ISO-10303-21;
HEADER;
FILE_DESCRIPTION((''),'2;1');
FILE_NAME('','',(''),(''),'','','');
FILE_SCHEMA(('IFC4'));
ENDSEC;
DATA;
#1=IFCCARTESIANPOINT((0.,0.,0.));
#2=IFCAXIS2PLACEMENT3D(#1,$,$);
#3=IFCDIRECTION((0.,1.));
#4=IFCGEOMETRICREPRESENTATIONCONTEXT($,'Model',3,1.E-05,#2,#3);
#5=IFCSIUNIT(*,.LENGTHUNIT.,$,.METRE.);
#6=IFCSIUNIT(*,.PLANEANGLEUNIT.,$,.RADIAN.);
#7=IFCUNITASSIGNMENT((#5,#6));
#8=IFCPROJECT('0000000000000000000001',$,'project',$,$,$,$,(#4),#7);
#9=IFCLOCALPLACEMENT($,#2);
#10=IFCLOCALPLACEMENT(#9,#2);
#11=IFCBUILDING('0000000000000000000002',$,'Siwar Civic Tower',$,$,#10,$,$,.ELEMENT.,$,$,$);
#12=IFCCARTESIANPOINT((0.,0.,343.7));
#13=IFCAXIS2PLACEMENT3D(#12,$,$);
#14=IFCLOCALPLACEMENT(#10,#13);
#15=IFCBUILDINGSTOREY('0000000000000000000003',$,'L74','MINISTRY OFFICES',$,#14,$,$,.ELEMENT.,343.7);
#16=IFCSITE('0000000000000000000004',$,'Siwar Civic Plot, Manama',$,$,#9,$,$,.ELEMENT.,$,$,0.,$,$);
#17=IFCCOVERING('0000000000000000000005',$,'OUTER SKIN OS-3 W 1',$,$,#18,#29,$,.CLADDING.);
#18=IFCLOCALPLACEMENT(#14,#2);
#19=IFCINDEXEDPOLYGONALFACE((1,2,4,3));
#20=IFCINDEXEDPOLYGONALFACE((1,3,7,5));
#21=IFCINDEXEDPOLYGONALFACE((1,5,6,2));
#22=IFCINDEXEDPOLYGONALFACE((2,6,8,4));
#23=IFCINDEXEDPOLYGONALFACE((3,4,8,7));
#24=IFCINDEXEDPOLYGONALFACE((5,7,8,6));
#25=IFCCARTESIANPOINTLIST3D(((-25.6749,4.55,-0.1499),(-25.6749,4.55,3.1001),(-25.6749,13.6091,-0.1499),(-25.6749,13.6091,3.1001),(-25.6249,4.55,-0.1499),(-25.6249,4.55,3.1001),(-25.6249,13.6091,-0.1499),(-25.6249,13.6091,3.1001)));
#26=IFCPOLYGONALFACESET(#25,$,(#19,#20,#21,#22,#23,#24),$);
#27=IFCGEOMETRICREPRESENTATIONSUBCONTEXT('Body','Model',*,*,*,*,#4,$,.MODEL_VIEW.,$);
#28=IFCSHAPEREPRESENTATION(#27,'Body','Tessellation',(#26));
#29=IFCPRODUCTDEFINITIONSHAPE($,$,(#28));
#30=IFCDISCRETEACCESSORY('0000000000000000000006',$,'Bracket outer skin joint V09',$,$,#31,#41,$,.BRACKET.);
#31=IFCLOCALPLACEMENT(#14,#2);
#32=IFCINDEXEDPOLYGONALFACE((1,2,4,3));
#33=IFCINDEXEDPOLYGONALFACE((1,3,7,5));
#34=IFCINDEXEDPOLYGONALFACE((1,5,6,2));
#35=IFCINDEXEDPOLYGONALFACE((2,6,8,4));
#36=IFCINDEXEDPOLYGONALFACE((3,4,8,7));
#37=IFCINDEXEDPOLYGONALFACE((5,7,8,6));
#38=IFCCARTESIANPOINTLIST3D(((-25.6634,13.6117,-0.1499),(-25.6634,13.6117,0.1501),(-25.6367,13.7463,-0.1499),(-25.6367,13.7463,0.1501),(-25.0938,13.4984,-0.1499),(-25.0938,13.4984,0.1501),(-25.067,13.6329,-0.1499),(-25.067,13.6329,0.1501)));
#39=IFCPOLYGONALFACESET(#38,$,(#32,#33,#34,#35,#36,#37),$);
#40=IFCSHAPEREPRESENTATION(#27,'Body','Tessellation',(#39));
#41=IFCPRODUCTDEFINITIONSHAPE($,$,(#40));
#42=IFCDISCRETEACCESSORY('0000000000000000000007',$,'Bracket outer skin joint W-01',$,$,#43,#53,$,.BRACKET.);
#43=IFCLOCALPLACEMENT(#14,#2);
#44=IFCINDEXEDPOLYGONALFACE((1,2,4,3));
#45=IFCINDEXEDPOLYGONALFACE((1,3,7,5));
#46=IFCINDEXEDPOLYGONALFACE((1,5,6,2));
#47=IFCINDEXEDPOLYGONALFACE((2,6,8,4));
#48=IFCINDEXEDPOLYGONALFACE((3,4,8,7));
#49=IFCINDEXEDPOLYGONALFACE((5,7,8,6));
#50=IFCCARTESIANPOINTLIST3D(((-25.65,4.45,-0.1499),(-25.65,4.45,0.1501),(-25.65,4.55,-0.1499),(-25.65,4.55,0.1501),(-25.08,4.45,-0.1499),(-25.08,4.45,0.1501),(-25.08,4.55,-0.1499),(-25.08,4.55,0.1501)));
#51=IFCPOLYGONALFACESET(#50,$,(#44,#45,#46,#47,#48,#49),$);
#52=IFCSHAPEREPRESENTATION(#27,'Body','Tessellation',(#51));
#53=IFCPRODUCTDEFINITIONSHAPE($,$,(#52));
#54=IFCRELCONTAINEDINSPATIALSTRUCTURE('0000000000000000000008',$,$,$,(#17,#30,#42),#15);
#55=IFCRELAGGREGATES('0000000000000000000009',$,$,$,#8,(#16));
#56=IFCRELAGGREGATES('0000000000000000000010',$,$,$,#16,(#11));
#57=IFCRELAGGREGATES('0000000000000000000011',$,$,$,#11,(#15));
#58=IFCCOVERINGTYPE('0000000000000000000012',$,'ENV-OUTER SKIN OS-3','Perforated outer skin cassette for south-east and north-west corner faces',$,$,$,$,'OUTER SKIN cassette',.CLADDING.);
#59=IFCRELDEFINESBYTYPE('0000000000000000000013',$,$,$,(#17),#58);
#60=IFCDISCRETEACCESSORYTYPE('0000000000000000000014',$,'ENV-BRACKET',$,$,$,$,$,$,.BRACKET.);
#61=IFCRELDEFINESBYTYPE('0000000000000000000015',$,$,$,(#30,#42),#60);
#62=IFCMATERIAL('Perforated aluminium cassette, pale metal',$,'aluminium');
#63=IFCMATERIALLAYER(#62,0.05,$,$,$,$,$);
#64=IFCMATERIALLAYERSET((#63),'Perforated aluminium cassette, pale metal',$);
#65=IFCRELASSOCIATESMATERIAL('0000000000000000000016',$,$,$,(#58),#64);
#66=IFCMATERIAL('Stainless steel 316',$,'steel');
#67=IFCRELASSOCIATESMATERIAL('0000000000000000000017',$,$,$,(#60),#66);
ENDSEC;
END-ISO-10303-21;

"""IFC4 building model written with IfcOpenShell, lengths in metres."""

from ifc_helpers import new_model, si_unit, direction, frame, origin, origin_2d, place, context, subcontext, project, spatial, rectangle, extrude, material, layer, layer_set, type_object, element, save


model = new_model("IFC4")

# Units and contexts
model_context = context("Model", 3, precision=1e-05, world=origin(), true_north=direction((0.0, 1.0)))
body_context = subcontext(model_context, "Body", "Model", "MODEL_VIEW")
ifc_project = project(units=[si_unit("LENGTHUNIT", "METRE"), si_unit("PLANEANGLEUNIT", "RADIAN")], contexts=[model_context])

# Site, building, storey
site_placement = place(None, origin())
site = spatial("IfcSite", under=ifc_project, at=site_placement, Name="Siwar Civic Plot, Manama", CompositionType="ELEMENT", RefElevation=0.0)
building_placement = place(site_placement, origin())
building = spatial("IfcBuilding", under=site, at=building_placement, Name="Siwar Civic Tower", CompositionType="ELEMENT")
storey_placement = place(building_placement, frame((0.0, 0.0, 343.7)))
storey = spatial("IfcBuildingStorey", under=building, at=storey_placement, Name="L74", Description="MINISTRY OFFICES", CompositionType="ELEMENT", Elevation=343.7)

# Covering
ifc_material_1 = material(Name="Perforated aluminium cassette, pale metal", Category="aluminium")
ifc_layer_1 = layer(ifc_material_1, 0.05)
ifc_layer_set_1 = layer_set([ifc_layer_1], Name="Perforated aluminium cassette, pale metal")
covering_type = type_object("IfcCoveringType", Name="ENV-OUTER SKIN OS-3", Description="Perforated outer skin cassette for south-east and north-west corner faces", ElementType="OUTER SKIN cassette", PredefinedType="CLADDING", material=ifc_layer_set_1)
covering_placement = place(storey_placement, frame((-25.6499, 9.0796, -0.1499), z_axis=(0.0, 0.0, 1.0), x_axis=(0.0, -1.0, 0.0)))
element("IfcCovering", 1, at=covering_placement, inside=storey, type_object=covering_type, Name="OUTER SKIN OS-3 W 1", PredefinedType="CLADDING", context=body_context, shape_type="SweptSolid", body=[
    extrude(rectangle(XDim=9.0591, YDim=0.05, at=origin_2d()), origin(), (0.0, 0.0, 1.0), 3.25),
])

# Discrete accessories
ifc_material_2 = material(Name="Stainless steel 316", Category="steel")
discrete_accessory_type = type_object("IfcDiscreteAccessoryType", Name="ENV-BRACKET", PredefinedType="BRACKET", material=ifc_material_2)
discrete_accessory_1_placement = place(storey_placement, frame((-25.3652, 13.6223, -0.1499), z_axis=(0.0, 0.0, 1.0), x_axis=(-0.980785, 0.19509, 0.0)))
element("IfcDiscreteAccessory", 2, at=discrete_accessory_1_placement, inside=storey, type_object=discrete_accessory_type, Name="Bracket outer skin joint V09", PredefinedType="BRACKET", context=body_context, shape_type="SweptSolid", body=[
    extrude(rectangle(XDim=0.5808, YDim=0.1372, at=origin_2d()), origin(), (0.0, 0.0, 1.0), 0.3),
])
discrete_accessory_2_placement = place(storey_placement, frame((-25.365, 4.5, -0.1499), z_axis=(0.0, 0.0, 1.0), x_axis=(-1.0, 0.0, 0.0)))
element("IfcDiscreteAccessory", 3, at=discrete_accessory_2_placement, inside=storey, type_object=discrete_accessory_type, Name="Bracket outer skin joint W-01", PredefinedType="BRACKET", context=body_context, shape_type="SweptSolid", body=[
    extrude(rectangle(XDim=0.5701, YDim=0.1001, at=origin_2d()), origin(), (0.0, 0.0, 1.0), 0.3),
])

save(model, "model.ifc")
